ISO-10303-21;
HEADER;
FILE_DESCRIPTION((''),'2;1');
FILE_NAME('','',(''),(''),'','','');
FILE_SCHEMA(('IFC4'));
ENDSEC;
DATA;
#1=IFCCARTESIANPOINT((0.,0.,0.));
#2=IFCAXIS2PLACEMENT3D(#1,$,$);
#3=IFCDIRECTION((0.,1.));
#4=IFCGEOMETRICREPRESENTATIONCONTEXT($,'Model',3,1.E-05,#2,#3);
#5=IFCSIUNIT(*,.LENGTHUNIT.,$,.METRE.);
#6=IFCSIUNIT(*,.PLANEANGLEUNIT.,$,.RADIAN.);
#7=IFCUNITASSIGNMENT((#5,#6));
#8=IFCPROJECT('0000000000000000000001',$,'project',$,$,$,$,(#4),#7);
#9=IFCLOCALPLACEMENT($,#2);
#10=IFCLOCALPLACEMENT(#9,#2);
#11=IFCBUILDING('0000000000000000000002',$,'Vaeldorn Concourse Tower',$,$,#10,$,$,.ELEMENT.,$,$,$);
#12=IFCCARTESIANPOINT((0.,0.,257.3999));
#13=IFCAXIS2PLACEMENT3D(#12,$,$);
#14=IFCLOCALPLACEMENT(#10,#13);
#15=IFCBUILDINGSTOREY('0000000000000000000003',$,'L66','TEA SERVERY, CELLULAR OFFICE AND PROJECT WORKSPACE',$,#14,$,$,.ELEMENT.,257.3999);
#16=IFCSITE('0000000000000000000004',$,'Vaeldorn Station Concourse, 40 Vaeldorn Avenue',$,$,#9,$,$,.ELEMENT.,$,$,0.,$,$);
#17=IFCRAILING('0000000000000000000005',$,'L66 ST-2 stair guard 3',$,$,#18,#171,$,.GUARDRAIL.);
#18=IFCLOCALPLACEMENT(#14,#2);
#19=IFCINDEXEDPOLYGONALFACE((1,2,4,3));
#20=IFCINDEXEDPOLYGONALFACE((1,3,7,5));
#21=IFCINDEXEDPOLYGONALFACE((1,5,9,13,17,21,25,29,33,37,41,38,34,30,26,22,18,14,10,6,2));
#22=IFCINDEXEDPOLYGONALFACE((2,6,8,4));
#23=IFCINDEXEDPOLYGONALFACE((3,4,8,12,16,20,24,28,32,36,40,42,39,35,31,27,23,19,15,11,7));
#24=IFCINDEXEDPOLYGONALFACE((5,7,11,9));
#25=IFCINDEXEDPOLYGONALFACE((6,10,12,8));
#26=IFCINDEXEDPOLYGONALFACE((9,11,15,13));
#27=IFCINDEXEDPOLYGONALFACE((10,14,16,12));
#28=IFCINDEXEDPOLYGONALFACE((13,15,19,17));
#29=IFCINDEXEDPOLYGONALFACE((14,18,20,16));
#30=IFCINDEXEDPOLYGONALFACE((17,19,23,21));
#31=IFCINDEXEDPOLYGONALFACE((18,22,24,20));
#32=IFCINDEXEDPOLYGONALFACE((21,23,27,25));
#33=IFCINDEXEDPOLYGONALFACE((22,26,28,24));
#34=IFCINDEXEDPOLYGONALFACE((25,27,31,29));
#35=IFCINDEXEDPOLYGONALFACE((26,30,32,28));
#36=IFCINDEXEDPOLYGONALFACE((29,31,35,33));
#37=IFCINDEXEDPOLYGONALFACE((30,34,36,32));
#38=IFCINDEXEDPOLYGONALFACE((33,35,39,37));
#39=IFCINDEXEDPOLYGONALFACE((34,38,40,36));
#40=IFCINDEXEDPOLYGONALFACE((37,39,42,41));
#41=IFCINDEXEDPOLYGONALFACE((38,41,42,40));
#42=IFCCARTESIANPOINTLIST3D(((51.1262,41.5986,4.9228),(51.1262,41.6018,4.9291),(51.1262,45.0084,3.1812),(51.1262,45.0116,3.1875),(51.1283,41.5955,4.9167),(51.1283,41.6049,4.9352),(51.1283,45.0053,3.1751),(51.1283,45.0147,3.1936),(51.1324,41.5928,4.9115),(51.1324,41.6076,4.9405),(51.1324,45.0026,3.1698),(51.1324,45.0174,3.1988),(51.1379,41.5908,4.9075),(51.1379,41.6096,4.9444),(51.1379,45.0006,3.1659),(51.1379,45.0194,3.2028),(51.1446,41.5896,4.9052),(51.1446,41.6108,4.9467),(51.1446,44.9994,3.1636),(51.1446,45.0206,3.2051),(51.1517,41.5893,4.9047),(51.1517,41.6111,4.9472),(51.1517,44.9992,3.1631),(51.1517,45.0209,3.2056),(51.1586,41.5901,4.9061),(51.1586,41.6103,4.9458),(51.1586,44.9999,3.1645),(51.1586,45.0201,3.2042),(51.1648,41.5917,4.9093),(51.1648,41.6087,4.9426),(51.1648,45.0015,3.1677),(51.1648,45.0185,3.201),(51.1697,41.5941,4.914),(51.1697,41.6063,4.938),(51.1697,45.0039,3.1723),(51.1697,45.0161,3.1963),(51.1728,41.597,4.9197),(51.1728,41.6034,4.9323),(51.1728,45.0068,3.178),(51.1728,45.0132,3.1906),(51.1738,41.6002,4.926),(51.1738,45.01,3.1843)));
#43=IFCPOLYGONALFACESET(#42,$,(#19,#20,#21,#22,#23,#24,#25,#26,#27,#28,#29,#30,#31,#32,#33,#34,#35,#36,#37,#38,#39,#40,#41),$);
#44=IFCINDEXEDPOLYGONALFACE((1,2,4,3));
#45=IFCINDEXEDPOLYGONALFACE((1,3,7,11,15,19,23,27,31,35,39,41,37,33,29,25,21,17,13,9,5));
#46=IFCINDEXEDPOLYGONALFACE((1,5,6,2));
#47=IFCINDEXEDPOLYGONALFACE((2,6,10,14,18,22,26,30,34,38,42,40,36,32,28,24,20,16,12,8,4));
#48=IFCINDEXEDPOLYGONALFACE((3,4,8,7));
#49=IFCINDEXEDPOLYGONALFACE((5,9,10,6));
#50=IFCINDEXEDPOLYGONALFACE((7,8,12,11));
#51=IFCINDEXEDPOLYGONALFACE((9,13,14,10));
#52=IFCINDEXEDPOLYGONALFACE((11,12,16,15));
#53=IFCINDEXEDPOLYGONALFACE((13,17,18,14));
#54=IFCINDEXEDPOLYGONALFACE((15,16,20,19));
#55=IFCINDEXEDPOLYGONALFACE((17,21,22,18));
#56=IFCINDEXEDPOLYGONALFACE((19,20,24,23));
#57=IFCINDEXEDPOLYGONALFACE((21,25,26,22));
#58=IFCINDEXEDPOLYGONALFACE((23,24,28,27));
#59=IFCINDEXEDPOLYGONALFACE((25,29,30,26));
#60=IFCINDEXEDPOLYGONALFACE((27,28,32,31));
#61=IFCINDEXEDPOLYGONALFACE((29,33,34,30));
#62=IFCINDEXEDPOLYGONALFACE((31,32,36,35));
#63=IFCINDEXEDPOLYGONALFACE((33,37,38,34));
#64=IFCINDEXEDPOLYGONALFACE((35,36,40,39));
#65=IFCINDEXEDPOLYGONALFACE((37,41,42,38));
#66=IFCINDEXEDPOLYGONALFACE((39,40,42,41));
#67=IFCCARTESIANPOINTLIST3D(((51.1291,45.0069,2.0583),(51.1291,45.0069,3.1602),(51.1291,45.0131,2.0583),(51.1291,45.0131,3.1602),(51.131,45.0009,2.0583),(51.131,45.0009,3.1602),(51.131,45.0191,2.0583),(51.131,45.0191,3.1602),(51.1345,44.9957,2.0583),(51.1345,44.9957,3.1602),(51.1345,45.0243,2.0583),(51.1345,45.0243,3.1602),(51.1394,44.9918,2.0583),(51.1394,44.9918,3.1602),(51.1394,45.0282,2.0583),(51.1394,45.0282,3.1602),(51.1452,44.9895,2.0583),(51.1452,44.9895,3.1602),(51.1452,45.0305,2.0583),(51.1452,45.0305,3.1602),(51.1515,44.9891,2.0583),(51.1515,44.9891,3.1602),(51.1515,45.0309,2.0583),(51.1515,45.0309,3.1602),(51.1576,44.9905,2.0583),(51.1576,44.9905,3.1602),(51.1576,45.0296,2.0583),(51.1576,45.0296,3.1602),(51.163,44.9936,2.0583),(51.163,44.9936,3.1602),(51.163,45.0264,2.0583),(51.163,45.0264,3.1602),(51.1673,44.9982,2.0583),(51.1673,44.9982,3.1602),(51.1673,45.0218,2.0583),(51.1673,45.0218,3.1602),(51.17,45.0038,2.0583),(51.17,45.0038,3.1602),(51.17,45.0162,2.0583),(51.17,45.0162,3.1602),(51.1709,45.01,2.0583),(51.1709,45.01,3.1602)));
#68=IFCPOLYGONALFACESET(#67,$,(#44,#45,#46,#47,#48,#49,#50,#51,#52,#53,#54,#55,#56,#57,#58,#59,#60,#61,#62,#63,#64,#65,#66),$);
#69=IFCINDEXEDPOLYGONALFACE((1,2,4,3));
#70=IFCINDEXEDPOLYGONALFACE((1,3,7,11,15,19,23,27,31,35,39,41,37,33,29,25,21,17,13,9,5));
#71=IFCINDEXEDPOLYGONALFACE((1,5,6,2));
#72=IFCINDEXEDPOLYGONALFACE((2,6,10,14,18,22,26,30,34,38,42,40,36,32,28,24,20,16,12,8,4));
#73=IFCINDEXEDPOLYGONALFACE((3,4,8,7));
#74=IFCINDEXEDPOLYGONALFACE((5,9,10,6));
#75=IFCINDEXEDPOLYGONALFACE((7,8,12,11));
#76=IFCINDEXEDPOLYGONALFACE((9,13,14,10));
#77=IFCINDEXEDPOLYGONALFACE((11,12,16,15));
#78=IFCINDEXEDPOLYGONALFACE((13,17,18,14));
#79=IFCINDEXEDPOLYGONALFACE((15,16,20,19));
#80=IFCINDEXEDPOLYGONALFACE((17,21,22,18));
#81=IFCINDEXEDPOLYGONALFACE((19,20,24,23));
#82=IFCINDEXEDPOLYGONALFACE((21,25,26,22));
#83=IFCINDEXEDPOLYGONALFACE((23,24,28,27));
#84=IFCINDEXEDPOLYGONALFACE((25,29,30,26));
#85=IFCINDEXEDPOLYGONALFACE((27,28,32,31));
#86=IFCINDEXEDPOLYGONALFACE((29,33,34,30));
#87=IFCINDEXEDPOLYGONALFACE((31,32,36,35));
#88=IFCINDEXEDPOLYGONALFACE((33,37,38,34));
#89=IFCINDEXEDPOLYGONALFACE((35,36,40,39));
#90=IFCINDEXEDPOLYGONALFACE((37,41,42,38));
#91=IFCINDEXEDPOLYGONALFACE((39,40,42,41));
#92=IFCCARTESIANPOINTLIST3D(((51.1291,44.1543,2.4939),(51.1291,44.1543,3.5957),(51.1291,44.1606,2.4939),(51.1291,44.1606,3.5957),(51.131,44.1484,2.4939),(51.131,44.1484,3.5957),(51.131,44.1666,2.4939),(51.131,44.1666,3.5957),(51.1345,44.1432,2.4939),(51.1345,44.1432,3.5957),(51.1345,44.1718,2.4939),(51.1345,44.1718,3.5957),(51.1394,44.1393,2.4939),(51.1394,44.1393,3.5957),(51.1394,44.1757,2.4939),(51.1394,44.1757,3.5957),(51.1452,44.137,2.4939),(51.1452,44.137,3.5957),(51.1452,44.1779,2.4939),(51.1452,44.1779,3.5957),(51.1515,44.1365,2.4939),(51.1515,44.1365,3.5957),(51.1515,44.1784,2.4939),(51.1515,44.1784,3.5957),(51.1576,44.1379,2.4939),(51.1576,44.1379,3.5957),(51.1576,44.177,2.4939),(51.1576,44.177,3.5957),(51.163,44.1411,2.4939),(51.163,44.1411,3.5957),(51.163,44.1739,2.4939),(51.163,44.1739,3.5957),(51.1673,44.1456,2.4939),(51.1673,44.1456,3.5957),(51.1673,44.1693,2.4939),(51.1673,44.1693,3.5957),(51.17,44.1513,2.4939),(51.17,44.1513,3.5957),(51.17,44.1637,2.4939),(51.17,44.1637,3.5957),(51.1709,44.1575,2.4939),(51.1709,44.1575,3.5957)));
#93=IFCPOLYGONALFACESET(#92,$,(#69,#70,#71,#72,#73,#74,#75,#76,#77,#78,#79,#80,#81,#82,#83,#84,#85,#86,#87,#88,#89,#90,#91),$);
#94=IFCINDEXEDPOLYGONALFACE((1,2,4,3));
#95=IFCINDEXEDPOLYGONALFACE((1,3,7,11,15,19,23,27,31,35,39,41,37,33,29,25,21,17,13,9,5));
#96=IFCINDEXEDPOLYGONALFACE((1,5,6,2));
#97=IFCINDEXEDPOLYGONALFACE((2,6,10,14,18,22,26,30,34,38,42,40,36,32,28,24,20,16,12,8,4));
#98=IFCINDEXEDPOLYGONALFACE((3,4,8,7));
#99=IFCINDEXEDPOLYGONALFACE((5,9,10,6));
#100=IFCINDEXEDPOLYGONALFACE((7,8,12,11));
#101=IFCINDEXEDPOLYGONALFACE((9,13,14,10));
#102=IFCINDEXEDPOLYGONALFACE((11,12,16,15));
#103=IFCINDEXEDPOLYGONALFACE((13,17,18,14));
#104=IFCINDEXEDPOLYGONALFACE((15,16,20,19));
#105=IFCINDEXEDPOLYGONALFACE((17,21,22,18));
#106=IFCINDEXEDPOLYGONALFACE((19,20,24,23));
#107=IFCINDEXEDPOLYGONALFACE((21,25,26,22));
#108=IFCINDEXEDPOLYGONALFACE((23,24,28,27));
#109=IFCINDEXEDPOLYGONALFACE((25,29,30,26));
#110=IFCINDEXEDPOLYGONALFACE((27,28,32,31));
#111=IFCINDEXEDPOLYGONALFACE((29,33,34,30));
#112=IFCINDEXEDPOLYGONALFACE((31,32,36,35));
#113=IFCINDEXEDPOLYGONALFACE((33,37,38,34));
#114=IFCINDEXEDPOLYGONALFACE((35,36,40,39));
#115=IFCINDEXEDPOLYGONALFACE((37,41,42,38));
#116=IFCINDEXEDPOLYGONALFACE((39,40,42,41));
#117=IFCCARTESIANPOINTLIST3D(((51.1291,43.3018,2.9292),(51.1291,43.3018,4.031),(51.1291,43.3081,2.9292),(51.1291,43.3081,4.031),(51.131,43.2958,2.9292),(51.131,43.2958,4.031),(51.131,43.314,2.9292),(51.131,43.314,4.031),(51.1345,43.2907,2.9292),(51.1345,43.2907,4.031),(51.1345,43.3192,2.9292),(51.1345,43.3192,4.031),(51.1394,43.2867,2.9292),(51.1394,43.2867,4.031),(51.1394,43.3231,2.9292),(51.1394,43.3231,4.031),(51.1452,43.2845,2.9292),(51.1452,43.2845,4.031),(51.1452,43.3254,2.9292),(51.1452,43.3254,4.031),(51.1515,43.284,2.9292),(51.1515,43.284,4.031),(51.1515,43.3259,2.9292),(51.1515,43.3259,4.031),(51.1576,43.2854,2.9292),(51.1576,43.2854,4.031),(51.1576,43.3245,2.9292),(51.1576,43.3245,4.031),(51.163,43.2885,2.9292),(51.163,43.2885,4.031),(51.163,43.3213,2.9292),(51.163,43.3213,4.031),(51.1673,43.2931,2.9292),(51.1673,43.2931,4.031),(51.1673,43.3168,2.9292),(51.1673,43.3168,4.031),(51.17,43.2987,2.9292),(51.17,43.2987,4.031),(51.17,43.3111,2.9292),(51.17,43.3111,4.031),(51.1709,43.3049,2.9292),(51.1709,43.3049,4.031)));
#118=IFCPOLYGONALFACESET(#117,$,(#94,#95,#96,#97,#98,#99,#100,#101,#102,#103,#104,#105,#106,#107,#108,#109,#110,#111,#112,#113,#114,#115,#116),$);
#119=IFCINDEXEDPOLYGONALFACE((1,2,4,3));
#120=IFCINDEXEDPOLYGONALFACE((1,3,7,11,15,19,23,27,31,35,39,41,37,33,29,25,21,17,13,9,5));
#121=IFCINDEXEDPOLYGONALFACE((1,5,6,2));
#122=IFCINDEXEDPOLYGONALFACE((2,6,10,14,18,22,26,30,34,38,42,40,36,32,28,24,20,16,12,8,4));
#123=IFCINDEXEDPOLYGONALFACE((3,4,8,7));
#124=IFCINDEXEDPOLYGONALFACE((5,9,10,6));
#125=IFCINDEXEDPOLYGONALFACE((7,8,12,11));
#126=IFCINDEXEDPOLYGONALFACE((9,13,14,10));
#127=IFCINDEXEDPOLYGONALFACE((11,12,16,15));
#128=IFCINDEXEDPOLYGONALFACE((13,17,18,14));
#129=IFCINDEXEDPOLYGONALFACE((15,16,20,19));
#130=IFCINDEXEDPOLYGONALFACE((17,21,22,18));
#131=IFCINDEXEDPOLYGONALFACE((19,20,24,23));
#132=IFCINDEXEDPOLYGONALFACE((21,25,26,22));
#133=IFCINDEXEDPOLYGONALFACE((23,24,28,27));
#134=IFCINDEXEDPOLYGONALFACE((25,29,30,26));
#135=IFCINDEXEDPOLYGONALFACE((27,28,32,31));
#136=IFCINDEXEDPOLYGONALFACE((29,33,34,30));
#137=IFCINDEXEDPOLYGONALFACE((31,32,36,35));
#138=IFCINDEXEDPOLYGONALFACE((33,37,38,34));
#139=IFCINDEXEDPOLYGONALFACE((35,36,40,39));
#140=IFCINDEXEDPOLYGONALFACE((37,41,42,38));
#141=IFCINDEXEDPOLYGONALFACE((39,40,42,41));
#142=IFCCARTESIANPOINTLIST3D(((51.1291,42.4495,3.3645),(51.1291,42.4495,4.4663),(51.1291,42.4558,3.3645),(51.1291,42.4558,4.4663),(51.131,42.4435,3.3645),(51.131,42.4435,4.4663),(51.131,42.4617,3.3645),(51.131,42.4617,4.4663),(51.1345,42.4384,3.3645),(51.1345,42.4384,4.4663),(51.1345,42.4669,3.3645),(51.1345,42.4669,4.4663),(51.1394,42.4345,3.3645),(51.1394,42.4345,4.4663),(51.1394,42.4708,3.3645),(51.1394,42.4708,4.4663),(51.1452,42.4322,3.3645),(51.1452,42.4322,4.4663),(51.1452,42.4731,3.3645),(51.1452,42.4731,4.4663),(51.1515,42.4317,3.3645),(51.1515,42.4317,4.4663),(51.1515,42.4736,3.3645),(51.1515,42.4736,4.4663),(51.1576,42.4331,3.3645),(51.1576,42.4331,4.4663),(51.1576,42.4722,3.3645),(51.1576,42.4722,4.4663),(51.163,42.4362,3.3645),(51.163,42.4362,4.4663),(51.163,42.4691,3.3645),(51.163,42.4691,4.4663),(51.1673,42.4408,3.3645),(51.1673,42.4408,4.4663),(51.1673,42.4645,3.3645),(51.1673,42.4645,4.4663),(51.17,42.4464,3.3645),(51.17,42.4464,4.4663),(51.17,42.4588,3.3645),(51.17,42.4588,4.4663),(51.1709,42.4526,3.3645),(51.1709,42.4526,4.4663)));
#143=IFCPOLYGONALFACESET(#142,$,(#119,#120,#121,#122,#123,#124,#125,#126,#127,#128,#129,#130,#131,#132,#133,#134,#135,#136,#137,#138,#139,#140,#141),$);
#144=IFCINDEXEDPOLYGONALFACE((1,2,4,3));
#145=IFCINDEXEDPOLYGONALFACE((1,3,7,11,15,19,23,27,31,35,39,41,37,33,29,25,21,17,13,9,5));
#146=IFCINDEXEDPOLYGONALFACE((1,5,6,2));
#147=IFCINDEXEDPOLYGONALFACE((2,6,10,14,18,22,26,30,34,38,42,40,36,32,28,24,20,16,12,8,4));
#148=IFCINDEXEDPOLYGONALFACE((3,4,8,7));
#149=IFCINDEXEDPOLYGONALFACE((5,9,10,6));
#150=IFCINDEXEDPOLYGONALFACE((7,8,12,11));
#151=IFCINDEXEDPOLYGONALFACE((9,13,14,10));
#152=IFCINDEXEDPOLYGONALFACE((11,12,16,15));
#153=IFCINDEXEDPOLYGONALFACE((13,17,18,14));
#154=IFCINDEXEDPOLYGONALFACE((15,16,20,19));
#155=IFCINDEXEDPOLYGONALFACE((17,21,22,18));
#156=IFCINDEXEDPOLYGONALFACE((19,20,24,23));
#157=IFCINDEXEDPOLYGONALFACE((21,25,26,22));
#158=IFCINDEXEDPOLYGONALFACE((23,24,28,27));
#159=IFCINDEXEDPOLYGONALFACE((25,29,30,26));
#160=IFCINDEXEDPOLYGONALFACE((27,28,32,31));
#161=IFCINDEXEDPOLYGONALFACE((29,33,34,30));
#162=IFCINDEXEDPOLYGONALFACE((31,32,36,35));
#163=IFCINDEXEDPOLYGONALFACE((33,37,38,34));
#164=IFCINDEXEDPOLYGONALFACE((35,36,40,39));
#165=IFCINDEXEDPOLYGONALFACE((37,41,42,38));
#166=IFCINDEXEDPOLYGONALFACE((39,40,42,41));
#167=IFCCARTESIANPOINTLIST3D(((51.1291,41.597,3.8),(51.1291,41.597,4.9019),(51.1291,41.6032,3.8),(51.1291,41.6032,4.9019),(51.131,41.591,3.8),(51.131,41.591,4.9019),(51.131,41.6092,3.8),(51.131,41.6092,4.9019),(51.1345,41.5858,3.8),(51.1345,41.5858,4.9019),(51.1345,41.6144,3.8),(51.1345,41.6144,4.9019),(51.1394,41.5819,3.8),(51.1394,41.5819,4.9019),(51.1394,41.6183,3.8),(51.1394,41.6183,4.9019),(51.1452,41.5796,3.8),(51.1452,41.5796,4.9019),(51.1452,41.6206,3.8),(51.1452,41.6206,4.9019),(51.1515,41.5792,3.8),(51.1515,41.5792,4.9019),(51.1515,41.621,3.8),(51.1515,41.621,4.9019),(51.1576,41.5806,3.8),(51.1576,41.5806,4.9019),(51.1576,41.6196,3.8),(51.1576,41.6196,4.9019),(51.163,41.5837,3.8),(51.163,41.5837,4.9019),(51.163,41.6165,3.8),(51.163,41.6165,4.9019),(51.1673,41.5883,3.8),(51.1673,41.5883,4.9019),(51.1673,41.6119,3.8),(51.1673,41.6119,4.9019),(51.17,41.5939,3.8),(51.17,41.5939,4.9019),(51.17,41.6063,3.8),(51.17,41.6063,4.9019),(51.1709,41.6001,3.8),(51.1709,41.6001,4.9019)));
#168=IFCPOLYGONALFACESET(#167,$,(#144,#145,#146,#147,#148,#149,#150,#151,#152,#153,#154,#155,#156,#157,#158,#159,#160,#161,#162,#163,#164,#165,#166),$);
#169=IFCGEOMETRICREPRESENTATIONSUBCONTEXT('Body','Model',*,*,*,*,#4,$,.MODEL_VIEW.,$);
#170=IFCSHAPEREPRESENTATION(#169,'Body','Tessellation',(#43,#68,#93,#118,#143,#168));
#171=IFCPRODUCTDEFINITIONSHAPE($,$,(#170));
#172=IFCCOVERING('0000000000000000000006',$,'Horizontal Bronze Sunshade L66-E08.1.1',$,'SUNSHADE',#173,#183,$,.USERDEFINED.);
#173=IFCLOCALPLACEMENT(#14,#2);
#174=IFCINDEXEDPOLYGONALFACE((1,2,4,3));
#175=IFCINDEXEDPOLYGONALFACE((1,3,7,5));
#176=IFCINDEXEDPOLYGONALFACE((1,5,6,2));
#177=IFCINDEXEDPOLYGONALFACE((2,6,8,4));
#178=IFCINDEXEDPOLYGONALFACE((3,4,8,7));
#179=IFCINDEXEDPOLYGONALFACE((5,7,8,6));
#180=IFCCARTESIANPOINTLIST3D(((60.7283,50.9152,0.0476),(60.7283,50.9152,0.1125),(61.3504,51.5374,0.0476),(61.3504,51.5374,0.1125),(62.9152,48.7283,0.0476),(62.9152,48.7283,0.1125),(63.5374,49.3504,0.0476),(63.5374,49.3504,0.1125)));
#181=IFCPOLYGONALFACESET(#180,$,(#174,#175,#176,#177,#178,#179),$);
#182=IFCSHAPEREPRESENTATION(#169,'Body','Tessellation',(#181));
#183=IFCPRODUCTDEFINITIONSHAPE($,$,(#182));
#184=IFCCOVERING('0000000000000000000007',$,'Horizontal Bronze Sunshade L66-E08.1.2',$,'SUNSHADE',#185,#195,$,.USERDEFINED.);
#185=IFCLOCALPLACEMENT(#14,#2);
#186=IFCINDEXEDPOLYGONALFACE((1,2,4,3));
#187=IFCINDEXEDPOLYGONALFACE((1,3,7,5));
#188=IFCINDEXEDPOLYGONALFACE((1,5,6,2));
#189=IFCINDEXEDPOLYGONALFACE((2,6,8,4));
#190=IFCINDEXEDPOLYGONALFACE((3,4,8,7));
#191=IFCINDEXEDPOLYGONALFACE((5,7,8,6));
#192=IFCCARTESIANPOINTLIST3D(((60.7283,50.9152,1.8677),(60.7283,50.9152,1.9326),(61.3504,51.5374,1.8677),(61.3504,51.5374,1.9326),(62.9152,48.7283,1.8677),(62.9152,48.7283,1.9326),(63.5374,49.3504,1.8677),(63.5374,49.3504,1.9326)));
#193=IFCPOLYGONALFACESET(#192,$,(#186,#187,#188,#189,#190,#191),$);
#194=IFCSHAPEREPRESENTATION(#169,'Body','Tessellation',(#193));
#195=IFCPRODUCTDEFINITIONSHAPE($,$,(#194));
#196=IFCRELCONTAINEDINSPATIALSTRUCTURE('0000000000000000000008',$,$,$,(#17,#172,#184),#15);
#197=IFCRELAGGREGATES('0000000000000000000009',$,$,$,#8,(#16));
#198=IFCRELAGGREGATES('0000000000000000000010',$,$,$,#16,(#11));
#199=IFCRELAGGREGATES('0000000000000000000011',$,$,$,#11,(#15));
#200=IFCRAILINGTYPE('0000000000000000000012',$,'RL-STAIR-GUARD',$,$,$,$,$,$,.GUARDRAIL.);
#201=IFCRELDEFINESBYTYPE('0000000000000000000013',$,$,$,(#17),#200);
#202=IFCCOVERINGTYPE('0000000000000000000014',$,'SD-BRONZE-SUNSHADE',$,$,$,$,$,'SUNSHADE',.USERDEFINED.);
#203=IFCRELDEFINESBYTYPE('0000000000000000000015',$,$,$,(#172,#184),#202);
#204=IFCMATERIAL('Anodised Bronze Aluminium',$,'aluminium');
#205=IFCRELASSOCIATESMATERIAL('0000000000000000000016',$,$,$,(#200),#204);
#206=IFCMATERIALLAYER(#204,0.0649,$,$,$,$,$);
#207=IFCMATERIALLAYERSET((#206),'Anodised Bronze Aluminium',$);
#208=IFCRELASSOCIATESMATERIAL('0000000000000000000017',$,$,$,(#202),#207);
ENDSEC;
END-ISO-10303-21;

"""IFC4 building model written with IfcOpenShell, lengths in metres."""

from ifc_helpers import new_model, si_unit, direction, frame, origin, origin_2d, place, context, subcontext, project, spatial, rectangle, circle, extrude, source, transform, mapped, material, layer, layer_set, type_object, element, save


model = new_model("IFC4")

# Units and contexts
model_context = context("Model", 3, precision=1e-05, world=origin(), true_north=direction((0.0, 1.0)))
body_context = subcontext(model_context, "Body", "Model", "MODEL_VIEW")
ifc_project = project(units=[si_unit("LENGTHUNIT", "METRE"), si_unit("PLANEANGLEUNIT", "RADIAN")], contexts=[model_context])

# Site, building, storey
site_placement = place(None, origin())
site = spatial("IfcSite", under=ifc_project, at=site_placement, Name="Vaeldorn Station Concourse, 40 Vaeldorn Avenue", CompositionType="ELEMENT", RefElevation=0.0)
building_placement = place(site_placement, origin())
building = spatial("IfcBuilding", under=site, at=building_placement, Name="Vaeldorn Concourse Tower", CompositionType="ELEMENT")
storey_placement = place(building_placement, frame((0.0, 0.0, 257.3999)))
storey = spatial("IfcBuildingStorey", under=building, at=storey_placement, Name="L66", Description="TEA SERVERY, CELLULAR OFFICE AND PROJECT WORKSPACE", CompositionType="ELEMENT", Elevation=257.3999)

# Shared definitions
ifc_material_1 = material(Name="Anodised Bronze Aluminium", Category="aluminium")

# Railing
railing_type = type_object("IfcRailingType", Name="RL-STAIR-GUARD", PredefinedType="GUARDRAIL", material=ifc_material_1)
railing_1_placement = place(storey_placement, frame((51.1499, 45.01, 2.0583)))
element("IfcRailing", 1, at=railing_1_placement, inside=storey, type_object=railing_type, Name="L66 ST-2 stair guard 3", PredefinedType="GUARDRAIL", context=body_context, shape_type="SweptSolid", body=[
    extrude(circle(Radius=0.0239, at=origin_2d()), frame((0.0, 0.0, 1.126), z_axis=(0.0, -0.890556, 0.454874), x_axis=(1.0, 0.0, 0.0)), (0.0, 0.0, 1.0), 3.8289),
    extrude(circle(Radius=0.021, at=origin_2d()), origin(), (0.0, 0.0, 1.0), 1.1018),
    extrude(circle(Radius=0.021, at=origin_2d()), frame((0.0, -0.8525, 0.4355)), (0.0, 0.0, 1.0), 1.1018),
    extrude(circle(Radius=0.021, at=origin_2d()), frame((0.0, -1.7051, 0.8708)), (0.0, 0.0, 1.0), 1.1018),
    extrude(circle(Radius=0.021, at=origin_2d()), frame((0.0, -2.5574, 1.3062)), (0.0, 0.0, 1.0), 1.1018),
    extrude(circle(Radius=0.021, at=origin_2d()), frame((0.0, -3.4099, 1.7417)), (0.0, 0.0, 1.0), 1.1018),
])

# Coverings
ifc_layer_1 = layer(ifc_material_1, 0.0649)
ifc_layer_set_1 = layer_set([ifc_layer_1], Name="Anodised Bronze Aluminium")
covering_type = type_object("IfcCoveringType", Name="SD-BRONZE-SUNSHADE", ElementType="SUNSHADE", PredefinedType="USERDEFINED", material=ifc_layer_set_1)
shared_shape_1 = source(origin(), body_context, "Body", "SweptSolid", [
    extrude(rectangle(XDim=3.0928, YDim=0.8799, at=origin_2d()), origin(), (0.0, 0.0, 1.0), 0.0649),
])
for number, where, z_axis, x_axis, name in (
    (2, (62.1328, 50.1328, 0.0476), (0.0, 0.0, 1.0), (-0.707107, 0.707107, 0.0), "Horizontal Bronze Sunshade L66-E08.1.1"),
    (3, (62.1328, 50.1328, 1.8677), (0.0, 0.0, 1.0), (-0.707107, 0.707107, 0.0), "Horizontal Bronze Sunshade L66-E08.1.2"),
):
    element("IfcCovering", number, at=place(storey_placement, frame(where, z_axis=z_axis, x_axis=x_axis)), inside=storey, type_object=covering_type, Name=name, ObjectType="SUNSHADE", PredefinedType="USERDEFINED", context=body_context, shape_type="MappedRepresentation", body=[
        mapped(shared_shape_1, transform((0.0, 0.0, 0.0), scale=1.0)),
    ])

save(model, "model.ifc")
